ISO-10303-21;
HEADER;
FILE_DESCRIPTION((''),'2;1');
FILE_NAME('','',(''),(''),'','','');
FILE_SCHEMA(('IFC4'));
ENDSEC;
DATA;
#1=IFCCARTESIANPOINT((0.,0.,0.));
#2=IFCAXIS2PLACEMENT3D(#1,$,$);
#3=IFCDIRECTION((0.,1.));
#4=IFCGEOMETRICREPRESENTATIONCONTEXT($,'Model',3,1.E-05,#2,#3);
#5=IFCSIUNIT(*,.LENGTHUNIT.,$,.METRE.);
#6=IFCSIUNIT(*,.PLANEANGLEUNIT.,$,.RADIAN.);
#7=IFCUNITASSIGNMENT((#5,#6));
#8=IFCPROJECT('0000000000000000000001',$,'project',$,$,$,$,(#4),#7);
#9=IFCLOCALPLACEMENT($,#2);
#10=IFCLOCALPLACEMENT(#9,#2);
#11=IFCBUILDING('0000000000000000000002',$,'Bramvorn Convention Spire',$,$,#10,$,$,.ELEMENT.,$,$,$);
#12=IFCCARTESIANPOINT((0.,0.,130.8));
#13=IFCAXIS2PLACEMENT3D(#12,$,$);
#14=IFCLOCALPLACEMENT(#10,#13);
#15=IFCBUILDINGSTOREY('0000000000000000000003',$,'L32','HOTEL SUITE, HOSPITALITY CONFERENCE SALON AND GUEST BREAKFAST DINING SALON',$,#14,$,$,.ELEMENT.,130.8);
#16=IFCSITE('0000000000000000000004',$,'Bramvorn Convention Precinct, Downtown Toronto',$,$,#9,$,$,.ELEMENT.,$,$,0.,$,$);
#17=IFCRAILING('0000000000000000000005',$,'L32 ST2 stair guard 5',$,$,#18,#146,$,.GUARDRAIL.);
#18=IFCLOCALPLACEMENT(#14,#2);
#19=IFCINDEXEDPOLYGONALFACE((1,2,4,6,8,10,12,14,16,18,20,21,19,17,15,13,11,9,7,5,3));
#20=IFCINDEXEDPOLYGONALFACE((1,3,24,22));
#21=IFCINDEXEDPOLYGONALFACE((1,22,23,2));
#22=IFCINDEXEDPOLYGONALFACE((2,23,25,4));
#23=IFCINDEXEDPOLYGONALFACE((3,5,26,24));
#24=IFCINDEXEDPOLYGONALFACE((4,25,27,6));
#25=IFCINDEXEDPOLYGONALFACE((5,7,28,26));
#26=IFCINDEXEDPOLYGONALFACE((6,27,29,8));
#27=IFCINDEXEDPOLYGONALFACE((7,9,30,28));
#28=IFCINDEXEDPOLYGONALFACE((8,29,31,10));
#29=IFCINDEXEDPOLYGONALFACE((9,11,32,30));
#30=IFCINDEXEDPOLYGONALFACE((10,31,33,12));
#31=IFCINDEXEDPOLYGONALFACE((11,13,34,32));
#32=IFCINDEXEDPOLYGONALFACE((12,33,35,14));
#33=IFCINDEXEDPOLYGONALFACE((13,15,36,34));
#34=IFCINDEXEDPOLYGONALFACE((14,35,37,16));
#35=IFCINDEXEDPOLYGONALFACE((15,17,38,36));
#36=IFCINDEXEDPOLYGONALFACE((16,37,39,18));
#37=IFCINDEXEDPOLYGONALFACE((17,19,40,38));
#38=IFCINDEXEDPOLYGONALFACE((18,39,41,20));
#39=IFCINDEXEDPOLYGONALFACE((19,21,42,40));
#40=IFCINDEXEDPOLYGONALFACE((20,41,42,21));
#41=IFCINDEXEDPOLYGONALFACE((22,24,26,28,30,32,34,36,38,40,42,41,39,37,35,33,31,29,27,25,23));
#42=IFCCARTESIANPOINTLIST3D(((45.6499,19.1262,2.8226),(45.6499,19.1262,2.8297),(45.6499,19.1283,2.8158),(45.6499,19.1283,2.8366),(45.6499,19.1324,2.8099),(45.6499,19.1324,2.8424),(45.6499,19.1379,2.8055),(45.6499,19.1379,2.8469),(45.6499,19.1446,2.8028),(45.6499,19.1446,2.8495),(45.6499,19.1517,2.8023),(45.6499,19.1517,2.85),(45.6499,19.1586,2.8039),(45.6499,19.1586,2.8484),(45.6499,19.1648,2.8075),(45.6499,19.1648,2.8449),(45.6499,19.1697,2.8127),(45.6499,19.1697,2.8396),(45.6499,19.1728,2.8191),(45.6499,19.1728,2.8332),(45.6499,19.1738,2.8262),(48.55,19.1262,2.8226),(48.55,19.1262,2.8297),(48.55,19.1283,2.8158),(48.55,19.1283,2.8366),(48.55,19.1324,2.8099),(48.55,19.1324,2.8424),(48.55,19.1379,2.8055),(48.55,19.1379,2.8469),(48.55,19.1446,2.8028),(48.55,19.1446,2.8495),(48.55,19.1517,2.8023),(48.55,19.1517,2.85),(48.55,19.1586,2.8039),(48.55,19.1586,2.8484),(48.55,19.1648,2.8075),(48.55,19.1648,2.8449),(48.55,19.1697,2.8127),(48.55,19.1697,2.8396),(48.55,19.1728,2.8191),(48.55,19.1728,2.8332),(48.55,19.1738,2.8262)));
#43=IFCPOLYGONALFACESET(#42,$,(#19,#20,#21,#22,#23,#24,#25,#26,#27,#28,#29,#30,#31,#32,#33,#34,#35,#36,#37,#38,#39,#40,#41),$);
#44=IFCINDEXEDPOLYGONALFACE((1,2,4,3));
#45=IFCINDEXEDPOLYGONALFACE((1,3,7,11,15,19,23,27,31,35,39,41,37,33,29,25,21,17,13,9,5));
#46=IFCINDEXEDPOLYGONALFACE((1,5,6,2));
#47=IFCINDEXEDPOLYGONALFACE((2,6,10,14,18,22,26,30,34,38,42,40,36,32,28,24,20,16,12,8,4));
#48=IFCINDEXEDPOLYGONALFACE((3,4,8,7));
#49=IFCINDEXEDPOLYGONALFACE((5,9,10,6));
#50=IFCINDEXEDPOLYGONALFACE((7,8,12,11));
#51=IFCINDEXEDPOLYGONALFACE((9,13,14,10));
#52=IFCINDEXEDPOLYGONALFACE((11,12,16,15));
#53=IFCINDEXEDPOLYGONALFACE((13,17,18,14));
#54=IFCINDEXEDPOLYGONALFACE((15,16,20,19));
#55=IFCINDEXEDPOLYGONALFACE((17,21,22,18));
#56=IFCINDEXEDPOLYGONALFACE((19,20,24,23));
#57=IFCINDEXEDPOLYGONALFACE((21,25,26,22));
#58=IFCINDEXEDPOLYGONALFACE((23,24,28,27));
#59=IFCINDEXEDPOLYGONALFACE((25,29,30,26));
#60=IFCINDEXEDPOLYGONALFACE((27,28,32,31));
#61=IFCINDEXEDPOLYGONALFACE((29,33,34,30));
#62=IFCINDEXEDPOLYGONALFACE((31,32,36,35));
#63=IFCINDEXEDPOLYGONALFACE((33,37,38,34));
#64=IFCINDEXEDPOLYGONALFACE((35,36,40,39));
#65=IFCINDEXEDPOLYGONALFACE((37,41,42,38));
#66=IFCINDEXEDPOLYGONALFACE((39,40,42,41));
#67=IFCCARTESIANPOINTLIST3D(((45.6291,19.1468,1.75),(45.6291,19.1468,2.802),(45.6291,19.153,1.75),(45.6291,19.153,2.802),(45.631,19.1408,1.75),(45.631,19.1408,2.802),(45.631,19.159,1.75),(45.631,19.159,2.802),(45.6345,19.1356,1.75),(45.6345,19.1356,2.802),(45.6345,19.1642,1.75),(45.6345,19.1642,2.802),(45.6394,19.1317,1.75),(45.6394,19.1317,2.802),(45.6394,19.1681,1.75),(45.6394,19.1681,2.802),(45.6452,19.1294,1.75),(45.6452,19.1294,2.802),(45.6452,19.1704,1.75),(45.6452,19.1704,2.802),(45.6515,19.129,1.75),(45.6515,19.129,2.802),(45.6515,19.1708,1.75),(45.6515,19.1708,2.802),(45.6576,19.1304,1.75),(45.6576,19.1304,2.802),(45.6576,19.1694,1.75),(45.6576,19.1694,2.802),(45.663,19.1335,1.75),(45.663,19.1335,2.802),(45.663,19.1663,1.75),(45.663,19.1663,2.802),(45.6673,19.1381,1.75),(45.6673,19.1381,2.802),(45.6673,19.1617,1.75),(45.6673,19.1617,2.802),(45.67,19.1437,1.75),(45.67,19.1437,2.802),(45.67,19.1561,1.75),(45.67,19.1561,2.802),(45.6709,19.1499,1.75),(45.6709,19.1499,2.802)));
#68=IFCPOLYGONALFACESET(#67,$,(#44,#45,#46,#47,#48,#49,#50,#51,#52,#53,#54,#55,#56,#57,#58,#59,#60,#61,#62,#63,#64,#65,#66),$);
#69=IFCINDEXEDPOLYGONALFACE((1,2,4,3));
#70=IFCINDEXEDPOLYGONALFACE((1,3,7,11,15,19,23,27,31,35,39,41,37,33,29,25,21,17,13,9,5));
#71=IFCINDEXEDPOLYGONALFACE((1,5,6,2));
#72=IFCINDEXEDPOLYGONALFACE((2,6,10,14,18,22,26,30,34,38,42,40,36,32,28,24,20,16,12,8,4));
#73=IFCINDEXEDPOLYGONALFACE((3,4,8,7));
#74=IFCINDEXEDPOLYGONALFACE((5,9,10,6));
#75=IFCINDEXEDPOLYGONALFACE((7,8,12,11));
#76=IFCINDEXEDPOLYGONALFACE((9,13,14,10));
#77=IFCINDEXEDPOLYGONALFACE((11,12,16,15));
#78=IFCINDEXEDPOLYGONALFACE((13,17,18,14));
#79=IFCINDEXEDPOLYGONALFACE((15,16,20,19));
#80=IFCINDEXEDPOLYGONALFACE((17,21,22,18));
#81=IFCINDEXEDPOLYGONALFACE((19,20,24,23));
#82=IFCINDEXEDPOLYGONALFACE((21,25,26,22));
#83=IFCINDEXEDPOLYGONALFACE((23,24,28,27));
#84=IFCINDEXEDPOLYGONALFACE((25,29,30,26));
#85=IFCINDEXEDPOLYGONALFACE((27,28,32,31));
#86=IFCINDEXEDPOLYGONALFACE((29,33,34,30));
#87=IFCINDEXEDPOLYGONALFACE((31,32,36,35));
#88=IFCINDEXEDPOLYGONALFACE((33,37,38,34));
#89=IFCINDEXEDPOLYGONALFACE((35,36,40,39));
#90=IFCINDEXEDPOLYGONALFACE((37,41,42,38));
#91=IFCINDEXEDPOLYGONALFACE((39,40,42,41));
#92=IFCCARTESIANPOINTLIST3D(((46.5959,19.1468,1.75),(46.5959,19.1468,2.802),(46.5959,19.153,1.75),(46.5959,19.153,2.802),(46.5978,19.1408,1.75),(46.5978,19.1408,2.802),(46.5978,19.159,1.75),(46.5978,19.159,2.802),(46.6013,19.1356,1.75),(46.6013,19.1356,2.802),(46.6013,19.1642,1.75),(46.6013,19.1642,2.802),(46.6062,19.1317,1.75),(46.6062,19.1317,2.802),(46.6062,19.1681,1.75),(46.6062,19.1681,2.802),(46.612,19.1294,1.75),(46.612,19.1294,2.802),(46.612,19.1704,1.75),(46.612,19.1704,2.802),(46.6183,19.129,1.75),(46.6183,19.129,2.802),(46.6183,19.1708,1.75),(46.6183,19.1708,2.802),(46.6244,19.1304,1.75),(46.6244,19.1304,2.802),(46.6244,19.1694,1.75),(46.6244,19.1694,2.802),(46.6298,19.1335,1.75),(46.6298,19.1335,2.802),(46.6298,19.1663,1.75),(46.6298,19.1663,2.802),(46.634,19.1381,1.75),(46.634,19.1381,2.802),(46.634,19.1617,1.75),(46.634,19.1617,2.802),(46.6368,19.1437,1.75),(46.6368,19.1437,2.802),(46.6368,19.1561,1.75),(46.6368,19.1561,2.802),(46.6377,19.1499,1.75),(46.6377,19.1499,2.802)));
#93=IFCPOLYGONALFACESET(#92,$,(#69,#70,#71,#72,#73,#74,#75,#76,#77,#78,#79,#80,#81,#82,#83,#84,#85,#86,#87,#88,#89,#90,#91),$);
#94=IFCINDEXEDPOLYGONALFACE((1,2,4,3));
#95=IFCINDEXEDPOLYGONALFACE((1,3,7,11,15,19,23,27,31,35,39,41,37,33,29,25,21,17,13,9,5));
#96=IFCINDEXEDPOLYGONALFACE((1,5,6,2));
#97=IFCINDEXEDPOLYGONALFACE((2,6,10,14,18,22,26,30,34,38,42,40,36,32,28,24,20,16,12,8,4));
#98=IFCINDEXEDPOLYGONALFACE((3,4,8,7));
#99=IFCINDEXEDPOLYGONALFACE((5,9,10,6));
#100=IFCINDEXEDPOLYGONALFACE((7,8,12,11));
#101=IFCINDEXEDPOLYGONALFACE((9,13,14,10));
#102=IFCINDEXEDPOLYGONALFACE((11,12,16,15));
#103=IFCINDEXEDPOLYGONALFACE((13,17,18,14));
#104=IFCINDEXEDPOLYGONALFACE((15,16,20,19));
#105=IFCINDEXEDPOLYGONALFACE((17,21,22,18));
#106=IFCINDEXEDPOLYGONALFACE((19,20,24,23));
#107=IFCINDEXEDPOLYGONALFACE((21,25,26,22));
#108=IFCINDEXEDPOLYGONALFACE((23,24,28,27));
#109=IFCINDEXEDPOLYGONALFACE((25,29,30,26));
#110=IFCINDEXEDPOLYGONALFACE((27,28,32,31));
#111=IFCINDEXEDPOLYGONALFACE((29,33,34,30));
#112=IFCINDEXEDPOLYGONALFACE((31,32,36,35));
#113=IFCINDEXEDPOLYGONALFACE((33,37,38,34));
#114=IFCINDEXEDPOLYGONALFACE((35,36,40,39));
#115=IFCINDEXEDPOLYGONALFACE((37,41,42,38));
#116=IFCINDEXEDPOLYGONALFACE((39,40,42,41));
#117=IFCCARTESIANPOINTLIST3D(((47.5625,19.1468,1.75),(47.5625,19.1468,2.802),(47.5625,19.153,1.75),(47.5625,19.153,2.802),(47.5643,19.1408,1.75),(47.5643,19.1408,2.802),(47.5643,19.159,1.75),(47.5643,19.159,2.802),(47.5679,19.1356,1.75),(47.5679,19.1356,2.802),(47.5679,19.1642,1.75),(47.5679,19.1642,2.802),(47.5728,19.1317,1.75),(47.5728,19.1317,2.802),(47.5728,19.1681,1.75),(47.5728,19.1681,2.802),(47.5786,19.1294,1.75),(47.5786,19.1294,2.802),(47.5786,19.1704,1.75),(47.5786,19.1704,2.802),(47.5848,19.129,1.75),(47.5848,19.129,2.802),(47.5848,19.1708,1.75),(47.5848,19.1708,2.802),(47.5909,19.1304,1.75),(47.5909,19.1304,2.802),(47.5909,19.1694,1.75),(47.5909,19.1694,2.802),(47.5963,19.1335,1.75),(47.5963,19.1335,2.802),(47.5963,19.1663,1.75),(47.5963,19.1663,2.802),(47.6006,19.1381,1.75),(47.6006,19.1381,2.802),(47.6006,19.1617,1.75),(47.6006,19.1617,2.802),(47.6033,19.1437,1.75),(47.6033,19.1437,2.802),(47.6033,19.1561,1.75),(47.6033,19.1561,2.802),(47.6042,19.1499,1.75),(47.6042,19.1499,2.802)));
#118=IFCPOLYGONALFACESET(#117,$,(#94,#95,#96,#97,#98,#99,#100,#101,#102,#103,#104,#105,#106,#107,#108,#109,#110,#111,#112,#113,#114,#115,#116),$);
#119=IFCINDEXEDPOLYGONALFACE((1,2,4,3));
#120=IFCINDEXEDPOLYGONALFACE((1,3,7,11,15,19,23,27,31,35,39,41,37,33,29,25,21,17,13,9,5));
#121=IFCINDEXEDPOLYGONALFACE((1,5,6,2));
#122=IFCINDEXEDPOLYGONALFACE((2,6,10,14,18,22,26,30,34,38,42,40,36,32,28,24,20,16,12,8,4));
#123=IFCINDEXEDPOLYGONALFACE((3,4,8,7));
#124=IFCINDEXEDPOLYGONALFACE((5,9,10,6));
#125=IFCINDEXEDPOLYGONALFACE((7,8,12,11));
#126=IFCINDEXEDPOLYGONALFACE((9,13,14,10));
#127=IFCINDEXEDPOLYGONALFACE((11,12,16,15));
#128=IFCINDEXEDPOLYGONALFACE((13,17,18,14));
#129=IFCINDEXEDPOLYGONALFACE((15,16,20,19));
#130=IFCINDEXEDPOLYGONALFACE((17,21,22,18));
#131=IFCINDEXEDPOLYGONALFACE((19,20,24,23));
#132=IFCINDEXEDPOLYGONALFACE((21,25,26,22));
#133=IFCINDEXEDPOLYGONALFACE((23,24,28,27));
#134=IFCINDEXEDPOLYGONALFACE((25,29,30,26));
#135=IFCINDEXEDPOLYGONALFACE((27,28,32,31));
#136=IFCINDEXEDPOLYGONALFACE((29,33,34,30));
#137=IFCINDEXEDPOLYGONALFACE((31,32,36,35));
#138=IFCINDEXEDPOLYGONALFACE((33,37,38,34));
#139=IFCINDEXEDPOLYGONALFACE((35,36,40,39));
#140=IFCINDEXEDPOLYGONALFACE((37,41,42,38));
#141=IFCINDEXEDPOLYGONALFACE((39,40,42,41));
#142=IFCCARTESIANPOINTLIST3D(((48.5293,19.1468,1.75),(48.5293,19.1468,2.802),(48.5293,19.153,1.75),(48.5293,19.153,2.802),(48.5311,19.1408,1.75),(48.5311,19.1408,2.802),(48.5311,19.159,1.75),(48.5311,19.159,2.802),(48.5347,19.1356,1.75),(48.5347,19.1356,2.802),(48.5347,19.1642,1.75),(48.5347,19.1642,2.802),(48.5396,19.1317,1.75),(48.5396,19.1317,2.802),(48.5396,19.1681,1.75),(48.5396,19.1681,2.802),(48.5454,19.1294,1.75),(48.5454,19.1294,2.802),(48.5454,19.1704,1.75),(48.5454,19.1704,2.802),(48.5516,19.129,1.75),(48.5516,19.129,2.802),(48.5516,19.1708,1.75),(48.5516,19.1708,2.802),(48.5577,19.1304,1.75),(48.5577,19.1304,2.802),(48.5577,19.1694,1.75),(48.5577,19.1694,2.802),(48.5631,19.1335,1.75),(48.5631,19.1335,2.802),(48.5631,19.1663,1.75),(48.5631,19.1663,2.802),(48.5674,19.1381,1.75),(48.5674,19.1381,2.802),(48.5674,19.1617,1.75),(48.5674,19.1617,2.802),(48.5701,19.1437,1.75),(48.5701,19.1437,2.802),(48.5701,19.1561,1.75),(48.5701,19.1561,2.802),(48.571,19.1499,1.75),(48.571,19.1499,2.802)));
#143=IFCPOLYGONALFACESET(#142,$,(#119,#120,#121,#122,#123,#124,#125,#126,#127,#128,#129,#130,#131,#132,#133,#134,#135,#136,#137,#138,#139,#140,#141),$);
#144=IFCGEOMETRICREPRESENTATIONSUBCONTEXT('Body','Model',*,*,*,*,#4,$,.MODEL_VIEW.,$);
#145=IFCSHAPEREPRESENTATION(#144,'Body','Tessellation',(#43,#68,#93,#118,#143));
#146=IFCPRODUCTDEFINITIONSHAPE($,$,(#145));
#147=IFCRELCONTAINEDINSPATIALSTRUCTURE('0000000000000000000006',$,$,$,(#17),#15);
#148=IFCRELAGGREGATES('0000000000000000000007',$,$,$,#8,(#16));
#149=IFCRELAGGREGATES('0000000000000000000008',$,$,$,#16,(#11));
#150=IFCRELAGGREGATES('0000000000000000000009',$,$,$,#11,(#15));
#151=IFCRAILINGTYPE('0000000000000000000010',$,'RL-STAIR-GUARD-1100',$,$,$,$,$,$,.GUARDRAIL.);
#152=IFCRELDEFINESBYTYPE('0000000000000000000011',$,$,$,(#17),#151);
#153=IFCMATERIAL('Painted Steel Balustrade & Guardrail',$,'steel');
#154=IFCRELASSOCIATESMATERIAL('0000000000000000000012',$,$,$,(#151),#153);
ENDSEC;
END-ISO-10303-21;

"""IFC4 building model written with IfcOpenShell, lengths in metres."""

from ifc_helpers import new_model, si_unit, direction, frame, origin, origin_2d, place, context, subcontext, project, spatial, circle, extrude, material, type_object, element, save


model = new_model("IFC4")

# Units and contexts
model_context = context("Model", 3, precision=1e-05, world=origin(), true_north=direction((0.0, 1.0)))
body_context = subcontext(model_context, "Body", "Model", "MODEL_VIEW")
ifc_project = project(units=[si_unit("LENGTHUNIT", "METRE"), si_unit("PLANEANGLEUNIT", "RADIAN")], contexts=[model_context])

# Site, building, storey
site_placement = place(None, origin())
site = spatial("IfcSite", under=ifc_project, at=site_placement, Name="Bramvorn Convention Precinct, Downtown Toronto", CompositionType="ELEMENT", RefElevation=0.0)
building_placement = place(site_placement, origin())
building = spatial("IfcBuilding", under=site, at=building_placement, Name="Bramvorn Convention Spire", CompositionType="ELEMENT")
storey_placement = place(building_placement, frame((0.0, 0.0, 130.8)))
storey = spatial("IfcBuildingStorey", under=building, at=storey_placement, Name="L32", Description="HOTEL SUITE, HOSPITALITY CONFERENCE SALON AND GUEST BREAKFAST DINING SALON", CompositionType="ELEMENT", Elevation=130.8)

# Railing
ifc_material_1 = material(Name="Painted Steel Balustrade & Guardrail", Category="steel")
railing_type = type_object("IfcRailingType", Name="RL-STAIR-GUARD-1100", PredefinedType="GUARDRAIL", material=ifc_material_1)
railing_1_placement = place(storey_placement, frame((45.6499, 19.1499, 1.75)))
element("IfcRailing", 1, at=railing_1_placement, inside=storey, type_object=railing_type, Name="L32 ST2 stair guard 5", PredefinedType="GUARDRAIL", context=body_context, shape_type="SweptSolid", body=[
    extrude(circle(Radius=0.0239, at=origin_2d()), frame((0.0, 0.0, 1.0762), z_axis=(1.0, 0.0, 0.0), x_axis=(0.0, 1.0, 0.0)), (0.0, 0.0, 1.0), 2.9001),
    extrude(circle(Radius=0.021, at=origin_2d()), origin(), (0.0, 0.0, 1.0), 1.052),
    extrude(circle(Radius=0.021, at=origin_2d()), frame((0.9668, 0.0, 0.0)), (0.0, 0.0, 1.0), 1.052),
    extrude(circle(Radius=0.021, at=origin_2d()), frame((1.9333, 0.0, 0.0)), (0.0, 0.0, 1.0), 1.052),
    extrude(circle(Radius=0.021, at=origin_2d()), frame((2.9001, 0.0, 0.0)), (0.0, 0.0, 1.0), 1.052),
])

save(model, "model.ifc")
